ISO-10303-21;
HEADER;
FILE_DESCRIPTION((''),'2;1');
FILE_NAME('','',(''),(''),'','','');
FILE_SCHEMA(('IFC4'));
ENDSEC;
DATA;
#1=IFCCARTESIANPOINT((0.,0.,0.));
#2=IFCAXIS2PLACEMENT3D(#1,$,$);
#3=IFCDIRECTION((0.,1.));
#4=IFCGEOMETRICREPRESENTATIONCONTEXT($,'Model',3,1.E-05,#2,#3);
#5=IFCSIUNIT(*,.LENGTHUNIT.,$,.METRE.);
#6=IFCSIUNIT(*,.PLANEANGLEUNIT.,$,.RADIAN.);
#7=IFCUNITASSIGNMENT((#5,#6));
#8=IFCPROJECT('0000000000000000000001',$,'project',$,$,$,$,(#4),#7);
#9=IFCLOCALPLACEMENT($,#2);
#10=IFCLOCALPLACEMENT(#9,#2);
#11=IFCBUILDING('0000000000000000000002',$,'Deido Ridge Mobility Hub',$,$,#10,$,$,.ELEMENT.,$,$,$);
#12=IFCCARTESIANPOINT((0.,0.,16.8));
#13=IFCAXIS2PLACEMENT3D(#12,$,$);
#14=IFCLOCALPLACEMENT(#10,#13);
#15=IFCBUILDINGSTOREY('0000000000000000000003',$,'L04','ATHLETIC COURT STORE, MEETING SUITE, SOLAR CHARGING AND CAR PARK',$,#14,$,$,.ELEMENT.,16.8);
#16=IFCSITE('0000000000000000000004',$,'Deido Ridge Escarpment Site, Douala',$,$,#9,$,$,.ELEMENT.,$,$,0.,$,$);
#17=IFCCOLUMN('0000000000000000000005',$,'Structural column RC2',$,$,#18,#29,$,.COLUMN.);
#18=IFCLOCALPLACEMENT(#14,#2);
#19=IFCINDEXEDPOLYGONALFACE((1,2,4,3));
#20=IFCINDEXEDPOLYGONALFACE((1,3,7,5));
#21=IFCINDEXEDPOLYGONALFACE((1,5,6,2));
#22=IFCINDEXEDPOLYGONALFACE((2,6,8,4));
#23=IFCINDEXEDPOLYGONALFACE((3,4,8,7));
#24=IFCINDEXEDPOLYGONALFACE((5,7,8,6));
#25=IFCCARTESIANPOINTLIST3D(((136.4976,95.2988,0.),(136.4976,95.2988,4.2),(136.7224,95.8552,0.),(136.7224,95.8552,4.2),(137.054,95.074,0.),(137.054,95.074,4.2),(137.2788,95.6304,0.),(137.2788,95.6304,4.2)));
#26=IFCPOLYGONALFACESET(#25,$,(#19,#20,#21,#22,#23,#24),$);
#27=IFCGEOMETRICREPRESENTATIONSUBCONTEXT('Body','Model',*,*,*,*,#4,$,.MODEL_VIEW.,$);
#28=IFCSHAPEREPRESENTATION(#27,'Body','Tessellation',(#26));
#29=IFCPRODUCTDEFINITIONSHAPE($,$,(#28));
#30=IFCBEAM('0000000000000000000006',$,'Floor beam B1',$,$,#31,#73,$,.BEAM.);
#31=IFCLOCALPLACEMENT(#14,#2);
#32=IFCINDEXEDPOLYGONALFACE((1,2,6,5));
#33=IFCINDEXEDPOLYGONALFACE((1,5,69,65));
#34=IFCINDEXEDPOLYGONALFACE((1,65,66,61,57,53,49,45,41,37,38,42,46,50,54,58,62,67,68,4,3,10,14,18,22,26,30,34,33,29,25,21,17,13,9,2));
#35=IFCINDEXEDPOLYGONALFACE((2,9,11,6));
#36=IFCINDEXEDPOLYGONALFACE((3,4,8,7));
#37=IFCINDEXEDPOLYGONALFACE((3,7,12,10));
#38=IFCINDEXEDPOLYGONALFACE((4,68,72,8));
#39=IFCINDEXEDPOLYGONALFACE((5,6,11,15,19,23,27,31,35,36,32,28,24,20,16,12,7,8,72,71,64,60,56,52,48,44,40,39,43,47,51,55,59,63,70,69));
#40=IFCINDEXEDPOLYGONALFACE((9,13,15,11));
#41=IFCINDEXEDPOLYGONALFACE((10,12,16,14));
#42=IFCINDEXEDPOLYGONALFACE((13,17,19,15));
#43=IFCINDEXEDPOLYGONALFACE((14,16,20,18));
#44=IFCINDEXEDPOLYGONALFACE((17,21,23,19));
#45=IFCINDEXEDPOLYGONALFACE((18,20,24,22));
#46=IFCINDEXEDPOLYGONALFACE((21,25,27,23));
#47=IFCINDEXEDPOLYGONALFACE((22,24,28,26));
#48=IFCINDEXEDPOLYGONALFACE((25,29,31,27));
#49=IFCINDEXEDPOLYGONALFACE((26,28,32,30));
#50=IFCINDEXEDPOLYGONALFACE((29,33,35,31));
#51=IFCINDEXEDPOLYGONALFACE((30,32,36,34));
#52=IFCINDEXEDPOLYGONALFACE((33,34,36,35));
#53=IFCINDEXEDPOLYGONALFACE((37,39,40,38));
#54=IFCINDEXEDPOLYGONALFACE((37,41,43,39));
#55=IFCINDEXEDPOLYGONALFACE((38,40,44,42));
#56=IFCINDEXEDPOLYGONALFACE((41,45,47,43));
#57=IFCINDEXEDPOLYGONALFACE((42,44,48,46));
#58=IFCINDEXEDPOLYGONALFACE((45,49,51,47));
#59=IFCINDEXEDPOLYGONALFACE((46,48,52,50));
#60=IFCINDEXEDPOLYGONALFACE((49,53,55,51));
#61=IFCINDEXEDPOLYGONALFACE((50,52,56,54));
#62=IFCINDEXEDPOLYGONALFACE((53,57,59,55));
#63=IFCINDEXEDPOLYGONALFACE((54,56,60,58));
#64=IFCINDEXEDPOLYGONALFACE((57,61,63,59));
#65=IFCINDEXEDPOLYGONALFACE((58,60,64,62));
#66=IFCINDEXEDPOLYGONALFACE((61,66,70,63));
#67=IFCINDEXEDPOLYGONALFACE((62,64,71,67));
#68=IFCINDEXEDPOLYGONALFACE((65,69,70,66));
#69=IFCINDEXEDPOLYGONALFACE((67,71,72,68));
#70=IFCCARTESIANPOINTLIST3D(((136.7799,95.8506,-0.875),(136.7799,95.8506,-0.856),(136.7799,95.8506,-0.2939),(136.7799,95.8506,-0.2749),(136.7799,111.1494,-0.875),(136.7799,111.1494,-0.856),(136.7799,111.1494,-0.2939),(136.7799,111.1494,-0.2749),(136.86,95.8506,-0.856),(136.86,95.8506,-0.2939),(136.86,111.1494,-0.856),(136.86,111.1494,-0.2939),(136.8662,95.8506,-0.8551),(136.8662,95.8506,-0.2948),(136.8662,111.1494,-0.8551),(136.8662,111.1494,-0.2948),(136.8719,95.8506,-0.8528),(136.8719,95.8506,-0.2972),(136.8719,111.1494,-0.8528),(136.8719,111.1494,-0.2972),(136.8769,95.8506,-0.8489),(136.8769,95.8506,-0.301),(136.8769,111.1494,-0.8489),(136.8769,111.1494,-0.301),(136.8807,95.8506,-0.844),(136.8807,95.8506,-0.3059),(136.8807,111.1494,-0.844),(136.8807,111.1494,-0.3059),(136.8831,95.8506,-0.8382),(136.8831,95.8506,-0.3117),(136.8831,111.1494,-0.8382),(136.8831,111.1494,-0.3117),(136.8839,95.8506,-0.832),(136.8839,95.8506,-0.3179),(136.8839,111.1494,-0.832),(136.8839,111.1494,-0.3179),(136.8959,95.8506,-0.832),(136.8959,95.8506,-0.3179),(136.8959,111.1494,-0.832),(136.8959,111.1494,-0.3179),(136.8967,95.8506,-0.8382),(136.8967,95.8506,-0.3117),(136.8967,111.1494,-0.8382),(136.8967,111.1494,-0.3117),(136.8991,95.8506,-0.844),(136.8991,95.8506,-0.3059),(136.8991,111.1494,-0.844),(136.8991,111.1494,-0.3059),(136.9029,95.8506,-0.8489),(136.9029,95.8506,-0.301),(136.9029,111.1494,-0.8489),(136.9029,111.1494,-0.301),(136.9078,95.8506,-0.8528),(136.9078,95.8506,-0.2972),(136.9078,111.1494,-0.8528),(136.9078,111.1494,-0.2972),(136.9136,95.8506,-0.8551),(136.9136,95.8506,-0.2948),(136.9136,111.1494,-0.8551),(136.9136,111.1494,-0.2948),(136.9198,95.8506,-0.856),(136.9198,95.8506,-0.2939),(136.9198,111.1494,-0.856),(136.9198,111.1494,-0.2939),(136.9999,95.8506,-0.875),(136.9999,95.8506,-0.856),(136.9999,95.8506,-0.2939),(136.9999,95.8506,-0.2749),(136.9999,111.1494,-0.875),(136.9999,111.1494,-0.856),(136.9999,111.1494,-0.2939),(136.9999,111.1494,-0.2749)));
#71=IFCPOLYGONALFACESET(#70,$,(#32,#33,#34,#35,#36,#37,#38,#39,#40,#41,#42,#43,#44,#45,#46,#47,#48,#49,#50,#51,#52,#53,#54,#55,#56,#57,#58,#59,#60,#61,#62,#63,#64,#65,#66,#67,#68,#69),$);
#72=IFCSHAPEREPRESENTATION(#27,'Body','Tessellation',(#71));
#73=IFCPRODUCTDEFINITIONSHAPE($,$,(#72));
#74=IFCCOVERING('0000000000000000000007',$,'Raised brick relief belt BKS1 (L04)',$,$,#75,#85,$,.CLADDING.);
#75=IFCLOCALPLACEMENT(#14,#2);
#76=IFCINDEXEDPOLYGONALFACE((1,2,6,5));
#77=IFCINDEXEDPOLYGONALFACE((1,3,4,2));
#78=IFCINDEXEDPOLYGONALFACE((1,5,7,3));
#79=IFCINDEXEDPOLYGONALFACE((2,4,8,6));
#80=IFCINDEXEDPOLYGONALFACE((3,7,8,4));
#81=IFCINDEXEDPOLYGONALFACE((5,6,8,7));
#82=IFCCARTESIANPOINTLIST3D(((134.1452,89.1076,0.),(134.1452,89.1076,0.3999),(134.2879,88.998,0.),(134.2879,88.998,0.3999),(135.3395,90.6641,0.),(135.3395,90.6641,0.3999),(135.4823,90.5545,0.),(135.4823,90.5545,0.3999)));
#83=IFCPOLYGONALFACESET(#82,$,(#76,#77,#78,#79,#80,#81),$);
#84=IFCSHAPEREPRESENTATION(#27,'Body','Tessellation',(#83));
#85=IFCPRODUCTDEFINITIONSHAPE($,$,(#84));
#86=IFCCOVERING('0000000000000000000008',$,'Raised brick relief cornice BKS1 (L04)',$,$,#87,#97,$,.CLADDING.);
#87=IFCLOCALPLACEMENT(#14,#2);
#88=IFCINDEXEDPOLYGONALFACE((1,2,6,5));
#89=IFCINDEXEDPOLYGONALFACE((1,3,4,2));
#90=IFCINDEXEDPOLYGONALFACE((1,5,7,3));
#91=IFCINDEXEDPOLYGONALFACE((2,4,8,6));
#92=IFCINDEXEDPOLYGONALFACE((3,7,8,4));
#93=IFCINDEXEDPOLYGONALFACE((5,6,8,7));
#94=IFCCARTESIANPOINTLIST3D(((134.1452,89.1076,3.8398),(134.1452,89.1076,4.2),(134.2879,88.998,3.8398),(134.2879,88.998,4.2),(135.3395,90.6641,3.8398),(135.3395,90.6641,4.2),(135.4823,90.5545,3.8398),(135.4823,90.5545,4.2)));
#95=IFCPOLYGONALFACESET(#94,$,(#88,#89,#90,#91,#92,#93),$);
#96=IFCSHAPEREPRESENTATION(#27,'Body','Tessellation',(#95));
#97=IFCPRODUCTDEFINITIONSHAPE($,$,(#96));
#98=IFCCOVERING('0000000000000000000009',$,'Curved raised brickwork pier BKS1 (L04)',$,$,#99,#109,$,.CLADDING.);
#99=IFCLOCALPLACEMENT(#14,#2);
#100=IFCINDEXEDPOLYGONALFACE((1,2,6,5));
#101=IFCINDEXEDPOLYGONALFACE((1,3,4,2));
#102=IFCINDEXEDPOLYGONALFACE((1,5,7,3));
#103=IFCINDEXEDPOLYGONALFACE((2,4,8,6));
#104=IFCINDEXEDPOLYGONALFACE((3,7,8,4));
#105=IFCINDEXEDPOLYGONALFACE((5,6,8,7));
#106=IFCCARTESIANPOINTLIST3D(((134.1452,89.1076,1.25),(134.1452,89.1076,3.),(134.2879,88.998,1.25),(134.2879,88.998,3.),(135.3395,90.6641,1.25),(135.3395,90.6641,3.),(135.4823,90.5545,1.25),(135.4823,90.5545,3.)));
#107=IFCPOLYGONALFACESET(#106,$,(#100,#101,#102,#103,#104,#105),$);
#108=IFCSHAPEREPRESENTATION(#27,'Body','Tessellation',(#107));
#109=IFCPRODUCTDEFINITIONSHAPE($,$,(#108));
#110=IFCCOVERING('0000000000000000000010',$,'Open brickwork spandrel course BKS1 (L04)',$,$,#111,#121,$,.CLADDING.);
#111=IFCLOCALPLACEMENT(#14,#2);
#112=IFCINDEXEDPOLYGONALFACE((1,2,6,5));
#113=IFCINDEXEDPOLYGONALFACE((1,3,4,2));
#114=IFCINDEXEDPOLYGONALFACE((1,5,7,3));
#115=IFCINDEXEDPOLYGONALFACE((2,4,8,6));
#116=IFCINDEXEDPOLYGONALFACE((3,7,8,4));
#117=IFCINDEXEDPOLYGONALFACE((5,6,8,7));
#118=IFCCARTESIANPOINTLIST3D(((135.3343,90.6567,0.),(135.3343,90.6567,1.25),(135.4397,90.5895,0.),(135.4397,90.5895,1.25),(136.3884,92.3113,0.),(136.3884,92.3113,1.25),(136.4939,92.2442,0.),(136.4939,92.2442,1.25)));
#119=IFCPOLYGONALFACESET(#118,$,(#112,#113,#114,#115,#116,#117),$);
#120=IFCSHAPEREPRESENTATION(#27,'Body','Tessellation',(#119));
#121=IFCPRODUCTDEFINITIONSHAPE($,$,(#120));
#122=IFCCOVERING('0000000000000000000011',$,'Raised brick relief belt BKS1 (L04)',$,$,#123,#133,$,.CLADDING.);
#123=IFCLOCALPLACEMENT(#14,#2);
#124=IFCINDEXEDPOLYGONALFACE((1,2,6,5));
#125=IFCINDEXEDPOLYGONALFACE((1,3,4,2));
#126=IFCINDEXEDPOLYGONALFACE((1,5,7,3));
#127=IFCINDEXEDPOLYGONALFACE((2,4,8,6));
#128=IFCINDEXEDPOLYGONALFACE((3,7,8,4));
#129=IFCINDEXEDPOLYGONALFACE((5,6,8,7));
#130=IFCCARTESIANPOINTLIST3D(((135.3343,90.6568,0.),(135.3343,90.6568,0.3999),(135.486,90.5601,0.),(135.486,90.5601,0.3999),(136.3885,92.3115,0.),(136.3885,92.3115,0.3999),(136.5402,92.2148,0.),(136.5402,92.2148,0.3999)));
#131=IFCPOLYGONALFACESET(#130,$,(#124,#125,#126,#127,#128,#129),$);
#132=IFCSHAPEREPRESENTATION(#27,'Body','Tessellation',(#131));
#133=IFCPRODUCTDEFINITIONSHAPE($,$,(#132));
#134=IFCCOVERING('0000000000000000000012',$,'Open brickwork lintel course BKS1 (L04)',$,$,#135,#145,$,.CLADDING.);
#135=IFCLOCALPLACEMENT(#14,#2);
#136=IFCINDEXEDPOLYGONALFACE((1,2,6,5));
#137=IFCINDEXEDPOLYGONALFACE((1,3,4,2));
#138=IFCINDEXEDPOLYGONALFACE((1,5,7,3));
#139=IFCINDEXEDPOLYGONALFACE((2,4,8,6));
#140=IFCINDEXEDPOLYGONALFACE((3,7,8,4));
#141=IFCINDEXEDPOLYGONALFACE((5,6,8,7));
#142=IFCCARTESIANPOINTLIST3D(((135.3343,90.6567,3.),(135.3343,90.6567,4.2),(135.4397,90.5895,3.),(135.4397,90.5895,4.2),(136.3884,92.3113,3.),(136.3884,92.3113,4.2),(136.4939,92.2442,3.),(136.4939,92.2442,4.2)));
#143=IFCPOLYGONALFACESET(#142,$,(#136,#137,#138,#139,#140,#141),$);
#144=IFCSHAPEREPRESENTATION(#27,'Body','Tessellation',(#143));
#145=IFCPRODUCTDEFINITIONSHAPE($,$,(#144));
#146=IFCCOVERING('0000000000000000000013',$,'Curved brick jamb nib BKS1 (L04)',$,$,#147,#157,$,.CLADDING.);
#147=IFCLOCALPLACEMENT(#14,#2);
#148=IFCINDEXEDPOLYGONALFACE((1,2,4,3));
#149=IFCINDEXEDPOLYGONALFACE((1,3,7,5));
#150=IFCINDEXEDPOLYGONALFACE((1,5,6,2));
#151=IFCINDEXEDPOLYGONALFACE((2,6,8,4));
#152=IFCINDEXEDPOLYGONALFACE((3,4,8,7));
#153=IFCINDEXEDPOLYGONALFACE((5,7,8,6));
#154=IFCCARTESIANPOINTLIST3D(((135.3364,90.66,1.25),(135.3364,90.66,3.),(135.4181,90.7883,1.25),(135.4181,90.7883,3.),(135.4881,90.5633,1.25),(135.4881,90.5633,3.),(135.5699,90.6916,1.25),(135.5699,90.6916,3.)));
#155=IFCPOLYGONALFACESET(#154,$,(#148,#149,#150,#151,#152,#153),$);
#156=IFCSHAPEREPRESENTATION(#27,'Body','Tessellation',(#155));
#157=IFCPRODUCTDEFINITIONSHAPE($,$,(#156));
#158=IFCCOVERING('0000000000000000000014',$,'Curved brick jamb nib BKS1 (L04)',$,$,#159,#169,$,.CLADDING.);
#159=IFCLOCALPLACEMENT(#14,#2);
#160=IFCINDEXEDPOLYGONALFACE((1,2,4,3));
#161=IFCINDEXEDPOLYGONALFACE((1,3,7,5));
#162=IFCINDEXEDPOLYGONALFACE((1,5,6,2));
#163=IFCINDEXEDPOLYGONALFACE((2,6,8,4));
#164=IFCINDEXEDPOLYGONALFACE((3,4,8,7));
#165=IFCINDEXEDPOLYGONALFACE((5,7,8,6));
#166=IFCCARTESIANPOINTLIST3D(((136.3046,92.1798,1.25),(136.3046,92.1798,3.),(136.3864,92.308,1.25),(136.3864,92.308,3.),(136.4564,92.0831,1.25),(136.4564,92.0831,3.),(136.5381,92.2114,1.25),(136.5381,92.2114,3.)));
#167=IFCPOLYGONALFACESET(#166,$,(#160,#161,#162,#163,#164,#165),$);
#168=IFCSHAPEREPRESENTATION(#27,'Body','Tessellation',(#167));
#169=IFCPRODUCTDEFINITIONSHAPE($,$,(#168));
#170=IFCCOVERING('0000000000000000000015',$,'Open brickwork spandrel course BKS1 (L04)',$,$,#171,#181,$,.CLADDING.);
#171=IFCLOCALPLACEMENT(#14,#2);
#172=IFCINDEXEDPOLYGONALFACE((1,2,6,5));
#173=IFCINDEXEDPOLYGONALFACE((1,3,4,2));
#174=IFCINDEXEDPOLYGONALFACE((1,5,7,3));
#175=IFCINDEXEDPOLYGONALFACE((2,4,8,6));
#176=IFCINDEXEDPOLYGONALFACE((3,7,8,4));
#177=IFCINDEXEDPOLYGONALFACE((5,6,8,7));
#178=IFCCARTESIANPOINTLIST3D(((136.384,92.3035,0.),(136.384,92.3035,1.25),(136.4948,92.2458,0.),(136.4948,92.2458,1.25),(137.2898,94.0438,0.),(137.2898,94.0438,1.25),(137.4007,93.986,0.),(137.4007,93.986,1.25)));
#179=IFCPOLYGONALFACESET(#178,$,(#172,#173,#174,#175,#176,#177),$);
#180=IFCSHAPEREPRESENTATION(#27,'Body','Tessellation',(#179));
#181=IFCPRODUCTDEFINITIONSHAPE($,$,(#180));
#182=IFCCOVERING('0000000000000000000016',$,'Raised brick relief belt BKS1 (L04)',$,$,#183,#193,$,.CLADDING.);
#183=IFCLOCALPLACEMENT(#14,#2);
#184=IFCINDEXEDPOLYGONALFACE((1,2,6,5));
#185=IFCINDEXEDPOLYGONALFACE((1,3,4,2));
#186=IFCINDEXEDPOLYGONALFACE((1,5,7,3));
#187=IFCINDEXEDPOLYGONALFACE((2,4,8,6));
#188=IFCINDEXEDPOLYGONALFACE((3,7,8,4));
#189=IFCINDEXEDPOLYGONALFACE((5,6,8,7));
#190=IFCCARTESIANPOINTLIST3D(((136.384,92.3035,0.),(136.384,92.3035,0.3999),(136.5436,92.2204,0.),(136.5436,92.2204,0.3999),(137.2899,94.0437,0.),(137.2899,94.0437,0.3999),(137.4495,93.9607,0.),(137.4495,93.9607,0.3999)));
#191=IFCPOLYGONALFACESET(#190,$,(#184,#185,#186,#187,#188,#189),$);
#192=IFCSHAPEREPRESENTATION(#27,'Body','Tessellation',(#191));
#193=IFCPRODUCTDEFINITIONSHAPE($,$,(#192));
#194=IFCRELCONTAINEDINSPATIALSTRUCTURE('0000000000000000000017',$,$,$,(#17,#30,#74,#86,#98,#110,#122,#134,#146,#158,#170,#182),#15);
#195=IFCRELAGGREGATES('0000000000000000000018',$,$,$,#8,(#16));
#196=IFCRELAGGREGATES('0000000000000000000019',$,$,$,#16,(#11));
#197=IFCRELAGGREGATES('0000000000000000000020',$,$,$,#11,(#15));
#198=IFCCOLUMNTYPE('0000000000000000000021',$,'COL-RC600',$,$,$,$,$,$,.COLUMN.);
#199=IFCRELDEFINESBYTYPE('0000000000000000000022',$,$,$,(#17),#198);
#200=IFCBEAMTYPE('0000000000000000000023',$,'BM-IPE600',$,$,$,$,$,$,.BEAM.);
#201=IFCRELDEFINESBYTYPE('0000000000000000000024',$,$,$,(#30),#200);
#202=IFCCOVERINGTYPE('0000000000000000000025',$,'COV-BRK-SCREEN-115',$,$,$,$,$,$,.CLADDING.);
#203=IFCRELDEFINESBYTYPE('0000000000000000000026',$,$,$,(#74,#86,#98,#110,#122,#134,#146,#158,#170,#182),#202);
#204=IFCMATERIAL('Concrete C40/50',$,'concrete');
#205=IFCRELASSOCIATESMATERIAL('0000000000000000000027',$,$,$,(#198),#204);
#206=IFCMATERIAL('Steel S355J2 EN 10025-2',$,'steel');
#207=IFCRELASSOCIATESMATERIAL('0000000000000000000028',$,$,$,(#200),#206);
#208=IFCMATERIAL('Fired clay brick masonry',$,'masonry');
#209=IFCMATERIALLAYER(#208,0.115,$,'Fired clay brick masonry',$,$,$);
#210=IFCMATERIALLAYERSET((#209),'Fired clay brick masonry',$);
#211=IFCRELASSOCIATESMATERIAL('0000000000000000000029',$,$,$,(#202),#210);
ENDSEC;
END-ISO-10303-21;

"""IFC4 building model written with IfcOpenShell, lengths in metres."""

from ifc_helpers import new_model, si_unit, direction, frame, origin, origin_2d, place, context, subcontext, project, spatial, rectangle, i_section, extrude, material, layer, layer_set, material_profile, profile_set, type_object, element, save


model = new_model("IFC4")

# Units and contexts
model_context = context("Model", 3, precision=1e-05, world=origin(), true_north=direction((0.0, 1.0)))
body_context = subcontext(model_context, "Body", "Model", "MODEL_VIEW")
ifc_project = project(units=[si_unit("LENGTHUNIT", "METRE"), si_unit("PLANEANGLEUNIT", "RADIAN")], contexts=[model_context])

# Site, building, storey
site_placement = place(None, origin())
site = spatial("IfcSite", under=ifc_project, at=site_placement, Name="Deido Ridge Escarpment Site, Douala", CompositionType="ELEMENT", RefElevation=0.0)
building_placement = place(site_placement, origin())
building = spatial("IfcBuilding", under=site, at=building_placement, Name="Deido Ridge Mobility Hub", CompositionType="ELEMENT")
storey_placement = place(building_placement, frame((0.0, 0.0, 16.8)))
storey = spatial("IfcBuildingStorey", under=building, at=storey_placement, Name="L04", Description="ATHLETIC COURT STORE, MEETING SUITE, SOLAR CHARGING AND CAR PARK", CompositionType="ELEMENT", Elevation=16.8)

# Column
ifc_material_1 = material(Name="Concrete C40/50", Category="concrete")
ifc_material_profile_1 = material_profile(ifc_material_1, rectangle(XDim=0.6001, YDim=0.6001, at=origin_2d()), Name="RC COL 600x600")
ifc_profile_set_1 = profile_set([ifc_material_profile_1], Name="Concrete C40/50")
column_type = type_object("IfcColumnType", Name="COL-RC600", PredefinedType="COLUMN", material=ifc_profile_set_1)
column_placement = place(storey_placement, frame((136.8882, 95.4646, 0.0), z_axis=(0.0, 0.0, 1.0), x_axis=(0.927184, -0.374607, 0.0)))
element("IfcColumn", 1, at=column_placement, inside=storey, type_object=column_type, Name="Structural column RC2", PredefinedType="COLUMN", context=body_context, shape_type="SweptSolid", body=[
    extrude(rectangle(XDim=0.6001, YDim=0.6001, at=origin_2d()), origin(), (0.0, 0.0, 1.0), 4.2),
])

# Beam
ifc_material_2 = material(Name="Steel S355J2 EN 10025-2", Category="steel")
ifc_material_profile_2 = material_profile(ifc_material_2, i_section(OverallWidth=0.22, OverallDepth=0.6001, WebThickness=0.012, FlangeThickness=0.019, FilletRadius=0.0239, at=origin_2d()), Name="IPE 600")
ifc_profile_set_2 = profile_set([ifc_material_profile_2], Name="Steel S355J2 EN 10025-2")
beam_type = type_object("IfcBeamType", Name="BM-IPE600", PredefinedType="BEAM", material=ifc_profile_set_2)
beam_placement = place(storey_placement, frame((136.8899, 95.8506, -0.575), z_axis=(0.0, 1.0, 0.0), x_axis=(-1.0, 0.0, 0.0)))
element("IfcBeam", 2, at=beam_placement, inside=storey, type_object=beam_type, Name="Floor beam B1", PredefinedType="BEAM", context=body_context, shape_type="SweptSolid", body=[
    extrude(i_section(OverallWidth=0.22, OverallDepth=0.6001, WebThickness=0.012, FlangeThickness=0.019, FilletRadius=0.0239, at=origin_2d()), origin(), (0.0, 0.0, 1.0), 15.2988),
])

# Coverings
ifc_material_3 = material(Name="Fired clay brick masonry", Category="masonry")
ifc_layer = layer(ifc_material_3, 0.115, Name="Fired clay brick masonry")
ifc_layer_set = layer_set([ifc_layer], Name="Fired clay brick masonry")
covering_type = type_object("IfcCoveringType", Name="COV-BRK-SCREEN-115", PredefinedType="CLADDING", material=ifc_layer_set)
covering_1_placement = place(storey_placement, frame((134.8137, 89.8311, 0.0), z_axis=(0.0, 0.0, 1.0), x_axis=(0.608761, 0.793353, 0.0)))
element("IfcCovering", 3, at=covering_1_placement, inside=storey, type_object=covering_type, Name="Raised brick relief belt BKS1 (L04)", PredefinedType="CLADDING", context=body_context, shape_type="SweptSolid", body=[
    extrude(rectangle(XDim=1.9619, YDim=0.1799, at=origin_2d()), origin(), (0.0, 0.0, 1.0), 0.3999),
])
covering_2_placement = place(storey_placement, frame((134.8137, 89.8311, 3.8398), z_axis=(0.0, 0.0, 1.0), x_axis=(0.608761, 0.793353, 0.0)))
element("IfcCovering", 4, at=covering_2_placement, inside=storey, type_object=covering_type, Name="Raised brick relief cornice BKS1 (L04)", PredefinedType="CLADDING", context=body_context, shape_type="SweptSolid", body=[
    extrude(rectangle(XDim=1.9619, YDim=0.1799, at=origin_2d()), origin(), (0.0, 0.0, 1.0), 0.3601),
])
covering_3_placement = place(storey_placement, frame((134.8137, 89.8311, 1.25), z_axis=(0.0, 0.0, 1.0), x_axis=(0.608761, 0.793353, 0.0)))
element("IfcCovering", 5, at=covering_3_placement, inside=storey, type_object=covering_type, Name="Curved raised brickwork pier BKS1 (L04)", PredefinedType="CLADDING", context=body_context, shape_type="SweptSolid", body=[
    extrude(rectangle(XDim=1.9619, YDim=0.1799, at=origin_2d()), origin(), (0.0, 0.0, 1.0), 1.75),
])
covering_4_placement = place(storey_placement, frame((135.9141, 91.4504, 0.0), z_axis=(0.0, 0.0, 1.0), x_axis=(0.537314, 0.843382, 0.0)))
element("IfcCovering", 6, at=covering_4_placement, inside=storey, type_object=covering_type, Name="Open brickwork spandrel course BKS1 (L04)", PredefinedType="CLADDING", context=body_context, shape_type="SweptSolid", body=[
    extrude(rectangle(XDim=1.9619, YDim=0.125, at=origin_2d()), origin(), (0.0, 0.0, 1.0), 1.25),
])
covering_5_placement = place(storey_placement, frame((135.9373, 91.4358, 0.0), z_axis=(0.0, 0.0, 1.0), x_axis=(0.537314, 0.843382, 0.0)))
element("IfcCovering", 7, at=covering_5_placement, inside=storey, type_object=covering_type, Name="Raised brick relief belt BKS1 (L04)", PredefinedType="CLADDING", context=body_context, shape_type="SweptSolid", body=[
    extrude(rectangle(XDim=1.9619, YDim=0.1799, at=origin_2d()), origin(), (0.0, 0.0, 1.0), 0.3999),
])
covering_6_placement = place(storey_placement, frame((135.9141, 91.4504, 3.0), z_axis=(0.0, 0.0, 1.0), x_axis=(0.537314, 0.843382, 0.0)))
element("IfcCovering", 8, at=covering_6_placement, inside=storey, type_object=covering_type, Name="Open brickwork lintel course BKS1 (L04)", PredefinedType="CLADDING", context=body_context, shape_type="SweptSolid", body=[
    extrude(rectangle(XDim=1.9619, YDim=0.125, at=origin_2d()), origin(), (0.0, 0.0, 1.0), 1.2),
])
for number, where, z_axis, x_axis, name in (
    (9, (135.4531, 90.6758, 1.25), (0.0, 0.0, 1.0), (0.537314, 0.843382, 0.0), "Curved brick jamb nib BKS1 (L04)"),
    (10, (136.4214, 92.1956, 1.25), (0.0, 0.0, 1.0), (0.537314, 0.843382, 0.0), "Curved brick jamb nib BKS1 (L04)"),
):
    element("IfcCovering", number, at=place(storey_placement, frame(where, z_axis=z_axis, x_axis=x_axis)), inside=storey, type_object=covering_type, Name=name, PredefinedType="CLADDING", context=body_context, shape_type="SweptSolid", body=[
        extrude(rectangle(XDim=0.1521, YDim=0.1799, at=origin_2d()), origin(), (0.0, 0.0, 1.0), 1.75),
    ])
covering_7_placement = place(storey_placement, frame((136.8923, 93.1448, 0.0), z_axis=(0.0, 0.0, 1.0), x_axis=(0.461733, 0.887019, 0.0)))
element("IfcCovering", 11, at=covering_7_placement, inside=storey, type_object=covering_type, Name="Open brickwork spandrel course BKS1 (L04)", PredefinedType="CLADDING", context=body_context, shape_type="SweptSolid", body=[
    extrude(rectangle(XDim=1.9619, YDim=0.125, at=origin_2d()), origin(), (0.0, 0.0, 1.0), 1.25),
])
covering_8_placement = place(storey_placement, frame((136.9167, 93.1321, 0.0), z_axis=(0.0, 0.0, 1.0), x_axis=(0.461733, 0.887019, 0.0)))
element("IfcCovering", 12, at=covering_8_placement, inside=storey, type_object=covering_type, Name="Raised brick relief belt BKS1 (L04)", PredefinedType="CLADDING", context=body_context, shape_type="SweptSolid", body=[
    extrude(rectangle(XDim=1.9619, YDim=0.1799, at=origin_2d()), origin(), (0.0, 0.0, 1.0), 0.3999),
])

save(model, "model.ifc")
